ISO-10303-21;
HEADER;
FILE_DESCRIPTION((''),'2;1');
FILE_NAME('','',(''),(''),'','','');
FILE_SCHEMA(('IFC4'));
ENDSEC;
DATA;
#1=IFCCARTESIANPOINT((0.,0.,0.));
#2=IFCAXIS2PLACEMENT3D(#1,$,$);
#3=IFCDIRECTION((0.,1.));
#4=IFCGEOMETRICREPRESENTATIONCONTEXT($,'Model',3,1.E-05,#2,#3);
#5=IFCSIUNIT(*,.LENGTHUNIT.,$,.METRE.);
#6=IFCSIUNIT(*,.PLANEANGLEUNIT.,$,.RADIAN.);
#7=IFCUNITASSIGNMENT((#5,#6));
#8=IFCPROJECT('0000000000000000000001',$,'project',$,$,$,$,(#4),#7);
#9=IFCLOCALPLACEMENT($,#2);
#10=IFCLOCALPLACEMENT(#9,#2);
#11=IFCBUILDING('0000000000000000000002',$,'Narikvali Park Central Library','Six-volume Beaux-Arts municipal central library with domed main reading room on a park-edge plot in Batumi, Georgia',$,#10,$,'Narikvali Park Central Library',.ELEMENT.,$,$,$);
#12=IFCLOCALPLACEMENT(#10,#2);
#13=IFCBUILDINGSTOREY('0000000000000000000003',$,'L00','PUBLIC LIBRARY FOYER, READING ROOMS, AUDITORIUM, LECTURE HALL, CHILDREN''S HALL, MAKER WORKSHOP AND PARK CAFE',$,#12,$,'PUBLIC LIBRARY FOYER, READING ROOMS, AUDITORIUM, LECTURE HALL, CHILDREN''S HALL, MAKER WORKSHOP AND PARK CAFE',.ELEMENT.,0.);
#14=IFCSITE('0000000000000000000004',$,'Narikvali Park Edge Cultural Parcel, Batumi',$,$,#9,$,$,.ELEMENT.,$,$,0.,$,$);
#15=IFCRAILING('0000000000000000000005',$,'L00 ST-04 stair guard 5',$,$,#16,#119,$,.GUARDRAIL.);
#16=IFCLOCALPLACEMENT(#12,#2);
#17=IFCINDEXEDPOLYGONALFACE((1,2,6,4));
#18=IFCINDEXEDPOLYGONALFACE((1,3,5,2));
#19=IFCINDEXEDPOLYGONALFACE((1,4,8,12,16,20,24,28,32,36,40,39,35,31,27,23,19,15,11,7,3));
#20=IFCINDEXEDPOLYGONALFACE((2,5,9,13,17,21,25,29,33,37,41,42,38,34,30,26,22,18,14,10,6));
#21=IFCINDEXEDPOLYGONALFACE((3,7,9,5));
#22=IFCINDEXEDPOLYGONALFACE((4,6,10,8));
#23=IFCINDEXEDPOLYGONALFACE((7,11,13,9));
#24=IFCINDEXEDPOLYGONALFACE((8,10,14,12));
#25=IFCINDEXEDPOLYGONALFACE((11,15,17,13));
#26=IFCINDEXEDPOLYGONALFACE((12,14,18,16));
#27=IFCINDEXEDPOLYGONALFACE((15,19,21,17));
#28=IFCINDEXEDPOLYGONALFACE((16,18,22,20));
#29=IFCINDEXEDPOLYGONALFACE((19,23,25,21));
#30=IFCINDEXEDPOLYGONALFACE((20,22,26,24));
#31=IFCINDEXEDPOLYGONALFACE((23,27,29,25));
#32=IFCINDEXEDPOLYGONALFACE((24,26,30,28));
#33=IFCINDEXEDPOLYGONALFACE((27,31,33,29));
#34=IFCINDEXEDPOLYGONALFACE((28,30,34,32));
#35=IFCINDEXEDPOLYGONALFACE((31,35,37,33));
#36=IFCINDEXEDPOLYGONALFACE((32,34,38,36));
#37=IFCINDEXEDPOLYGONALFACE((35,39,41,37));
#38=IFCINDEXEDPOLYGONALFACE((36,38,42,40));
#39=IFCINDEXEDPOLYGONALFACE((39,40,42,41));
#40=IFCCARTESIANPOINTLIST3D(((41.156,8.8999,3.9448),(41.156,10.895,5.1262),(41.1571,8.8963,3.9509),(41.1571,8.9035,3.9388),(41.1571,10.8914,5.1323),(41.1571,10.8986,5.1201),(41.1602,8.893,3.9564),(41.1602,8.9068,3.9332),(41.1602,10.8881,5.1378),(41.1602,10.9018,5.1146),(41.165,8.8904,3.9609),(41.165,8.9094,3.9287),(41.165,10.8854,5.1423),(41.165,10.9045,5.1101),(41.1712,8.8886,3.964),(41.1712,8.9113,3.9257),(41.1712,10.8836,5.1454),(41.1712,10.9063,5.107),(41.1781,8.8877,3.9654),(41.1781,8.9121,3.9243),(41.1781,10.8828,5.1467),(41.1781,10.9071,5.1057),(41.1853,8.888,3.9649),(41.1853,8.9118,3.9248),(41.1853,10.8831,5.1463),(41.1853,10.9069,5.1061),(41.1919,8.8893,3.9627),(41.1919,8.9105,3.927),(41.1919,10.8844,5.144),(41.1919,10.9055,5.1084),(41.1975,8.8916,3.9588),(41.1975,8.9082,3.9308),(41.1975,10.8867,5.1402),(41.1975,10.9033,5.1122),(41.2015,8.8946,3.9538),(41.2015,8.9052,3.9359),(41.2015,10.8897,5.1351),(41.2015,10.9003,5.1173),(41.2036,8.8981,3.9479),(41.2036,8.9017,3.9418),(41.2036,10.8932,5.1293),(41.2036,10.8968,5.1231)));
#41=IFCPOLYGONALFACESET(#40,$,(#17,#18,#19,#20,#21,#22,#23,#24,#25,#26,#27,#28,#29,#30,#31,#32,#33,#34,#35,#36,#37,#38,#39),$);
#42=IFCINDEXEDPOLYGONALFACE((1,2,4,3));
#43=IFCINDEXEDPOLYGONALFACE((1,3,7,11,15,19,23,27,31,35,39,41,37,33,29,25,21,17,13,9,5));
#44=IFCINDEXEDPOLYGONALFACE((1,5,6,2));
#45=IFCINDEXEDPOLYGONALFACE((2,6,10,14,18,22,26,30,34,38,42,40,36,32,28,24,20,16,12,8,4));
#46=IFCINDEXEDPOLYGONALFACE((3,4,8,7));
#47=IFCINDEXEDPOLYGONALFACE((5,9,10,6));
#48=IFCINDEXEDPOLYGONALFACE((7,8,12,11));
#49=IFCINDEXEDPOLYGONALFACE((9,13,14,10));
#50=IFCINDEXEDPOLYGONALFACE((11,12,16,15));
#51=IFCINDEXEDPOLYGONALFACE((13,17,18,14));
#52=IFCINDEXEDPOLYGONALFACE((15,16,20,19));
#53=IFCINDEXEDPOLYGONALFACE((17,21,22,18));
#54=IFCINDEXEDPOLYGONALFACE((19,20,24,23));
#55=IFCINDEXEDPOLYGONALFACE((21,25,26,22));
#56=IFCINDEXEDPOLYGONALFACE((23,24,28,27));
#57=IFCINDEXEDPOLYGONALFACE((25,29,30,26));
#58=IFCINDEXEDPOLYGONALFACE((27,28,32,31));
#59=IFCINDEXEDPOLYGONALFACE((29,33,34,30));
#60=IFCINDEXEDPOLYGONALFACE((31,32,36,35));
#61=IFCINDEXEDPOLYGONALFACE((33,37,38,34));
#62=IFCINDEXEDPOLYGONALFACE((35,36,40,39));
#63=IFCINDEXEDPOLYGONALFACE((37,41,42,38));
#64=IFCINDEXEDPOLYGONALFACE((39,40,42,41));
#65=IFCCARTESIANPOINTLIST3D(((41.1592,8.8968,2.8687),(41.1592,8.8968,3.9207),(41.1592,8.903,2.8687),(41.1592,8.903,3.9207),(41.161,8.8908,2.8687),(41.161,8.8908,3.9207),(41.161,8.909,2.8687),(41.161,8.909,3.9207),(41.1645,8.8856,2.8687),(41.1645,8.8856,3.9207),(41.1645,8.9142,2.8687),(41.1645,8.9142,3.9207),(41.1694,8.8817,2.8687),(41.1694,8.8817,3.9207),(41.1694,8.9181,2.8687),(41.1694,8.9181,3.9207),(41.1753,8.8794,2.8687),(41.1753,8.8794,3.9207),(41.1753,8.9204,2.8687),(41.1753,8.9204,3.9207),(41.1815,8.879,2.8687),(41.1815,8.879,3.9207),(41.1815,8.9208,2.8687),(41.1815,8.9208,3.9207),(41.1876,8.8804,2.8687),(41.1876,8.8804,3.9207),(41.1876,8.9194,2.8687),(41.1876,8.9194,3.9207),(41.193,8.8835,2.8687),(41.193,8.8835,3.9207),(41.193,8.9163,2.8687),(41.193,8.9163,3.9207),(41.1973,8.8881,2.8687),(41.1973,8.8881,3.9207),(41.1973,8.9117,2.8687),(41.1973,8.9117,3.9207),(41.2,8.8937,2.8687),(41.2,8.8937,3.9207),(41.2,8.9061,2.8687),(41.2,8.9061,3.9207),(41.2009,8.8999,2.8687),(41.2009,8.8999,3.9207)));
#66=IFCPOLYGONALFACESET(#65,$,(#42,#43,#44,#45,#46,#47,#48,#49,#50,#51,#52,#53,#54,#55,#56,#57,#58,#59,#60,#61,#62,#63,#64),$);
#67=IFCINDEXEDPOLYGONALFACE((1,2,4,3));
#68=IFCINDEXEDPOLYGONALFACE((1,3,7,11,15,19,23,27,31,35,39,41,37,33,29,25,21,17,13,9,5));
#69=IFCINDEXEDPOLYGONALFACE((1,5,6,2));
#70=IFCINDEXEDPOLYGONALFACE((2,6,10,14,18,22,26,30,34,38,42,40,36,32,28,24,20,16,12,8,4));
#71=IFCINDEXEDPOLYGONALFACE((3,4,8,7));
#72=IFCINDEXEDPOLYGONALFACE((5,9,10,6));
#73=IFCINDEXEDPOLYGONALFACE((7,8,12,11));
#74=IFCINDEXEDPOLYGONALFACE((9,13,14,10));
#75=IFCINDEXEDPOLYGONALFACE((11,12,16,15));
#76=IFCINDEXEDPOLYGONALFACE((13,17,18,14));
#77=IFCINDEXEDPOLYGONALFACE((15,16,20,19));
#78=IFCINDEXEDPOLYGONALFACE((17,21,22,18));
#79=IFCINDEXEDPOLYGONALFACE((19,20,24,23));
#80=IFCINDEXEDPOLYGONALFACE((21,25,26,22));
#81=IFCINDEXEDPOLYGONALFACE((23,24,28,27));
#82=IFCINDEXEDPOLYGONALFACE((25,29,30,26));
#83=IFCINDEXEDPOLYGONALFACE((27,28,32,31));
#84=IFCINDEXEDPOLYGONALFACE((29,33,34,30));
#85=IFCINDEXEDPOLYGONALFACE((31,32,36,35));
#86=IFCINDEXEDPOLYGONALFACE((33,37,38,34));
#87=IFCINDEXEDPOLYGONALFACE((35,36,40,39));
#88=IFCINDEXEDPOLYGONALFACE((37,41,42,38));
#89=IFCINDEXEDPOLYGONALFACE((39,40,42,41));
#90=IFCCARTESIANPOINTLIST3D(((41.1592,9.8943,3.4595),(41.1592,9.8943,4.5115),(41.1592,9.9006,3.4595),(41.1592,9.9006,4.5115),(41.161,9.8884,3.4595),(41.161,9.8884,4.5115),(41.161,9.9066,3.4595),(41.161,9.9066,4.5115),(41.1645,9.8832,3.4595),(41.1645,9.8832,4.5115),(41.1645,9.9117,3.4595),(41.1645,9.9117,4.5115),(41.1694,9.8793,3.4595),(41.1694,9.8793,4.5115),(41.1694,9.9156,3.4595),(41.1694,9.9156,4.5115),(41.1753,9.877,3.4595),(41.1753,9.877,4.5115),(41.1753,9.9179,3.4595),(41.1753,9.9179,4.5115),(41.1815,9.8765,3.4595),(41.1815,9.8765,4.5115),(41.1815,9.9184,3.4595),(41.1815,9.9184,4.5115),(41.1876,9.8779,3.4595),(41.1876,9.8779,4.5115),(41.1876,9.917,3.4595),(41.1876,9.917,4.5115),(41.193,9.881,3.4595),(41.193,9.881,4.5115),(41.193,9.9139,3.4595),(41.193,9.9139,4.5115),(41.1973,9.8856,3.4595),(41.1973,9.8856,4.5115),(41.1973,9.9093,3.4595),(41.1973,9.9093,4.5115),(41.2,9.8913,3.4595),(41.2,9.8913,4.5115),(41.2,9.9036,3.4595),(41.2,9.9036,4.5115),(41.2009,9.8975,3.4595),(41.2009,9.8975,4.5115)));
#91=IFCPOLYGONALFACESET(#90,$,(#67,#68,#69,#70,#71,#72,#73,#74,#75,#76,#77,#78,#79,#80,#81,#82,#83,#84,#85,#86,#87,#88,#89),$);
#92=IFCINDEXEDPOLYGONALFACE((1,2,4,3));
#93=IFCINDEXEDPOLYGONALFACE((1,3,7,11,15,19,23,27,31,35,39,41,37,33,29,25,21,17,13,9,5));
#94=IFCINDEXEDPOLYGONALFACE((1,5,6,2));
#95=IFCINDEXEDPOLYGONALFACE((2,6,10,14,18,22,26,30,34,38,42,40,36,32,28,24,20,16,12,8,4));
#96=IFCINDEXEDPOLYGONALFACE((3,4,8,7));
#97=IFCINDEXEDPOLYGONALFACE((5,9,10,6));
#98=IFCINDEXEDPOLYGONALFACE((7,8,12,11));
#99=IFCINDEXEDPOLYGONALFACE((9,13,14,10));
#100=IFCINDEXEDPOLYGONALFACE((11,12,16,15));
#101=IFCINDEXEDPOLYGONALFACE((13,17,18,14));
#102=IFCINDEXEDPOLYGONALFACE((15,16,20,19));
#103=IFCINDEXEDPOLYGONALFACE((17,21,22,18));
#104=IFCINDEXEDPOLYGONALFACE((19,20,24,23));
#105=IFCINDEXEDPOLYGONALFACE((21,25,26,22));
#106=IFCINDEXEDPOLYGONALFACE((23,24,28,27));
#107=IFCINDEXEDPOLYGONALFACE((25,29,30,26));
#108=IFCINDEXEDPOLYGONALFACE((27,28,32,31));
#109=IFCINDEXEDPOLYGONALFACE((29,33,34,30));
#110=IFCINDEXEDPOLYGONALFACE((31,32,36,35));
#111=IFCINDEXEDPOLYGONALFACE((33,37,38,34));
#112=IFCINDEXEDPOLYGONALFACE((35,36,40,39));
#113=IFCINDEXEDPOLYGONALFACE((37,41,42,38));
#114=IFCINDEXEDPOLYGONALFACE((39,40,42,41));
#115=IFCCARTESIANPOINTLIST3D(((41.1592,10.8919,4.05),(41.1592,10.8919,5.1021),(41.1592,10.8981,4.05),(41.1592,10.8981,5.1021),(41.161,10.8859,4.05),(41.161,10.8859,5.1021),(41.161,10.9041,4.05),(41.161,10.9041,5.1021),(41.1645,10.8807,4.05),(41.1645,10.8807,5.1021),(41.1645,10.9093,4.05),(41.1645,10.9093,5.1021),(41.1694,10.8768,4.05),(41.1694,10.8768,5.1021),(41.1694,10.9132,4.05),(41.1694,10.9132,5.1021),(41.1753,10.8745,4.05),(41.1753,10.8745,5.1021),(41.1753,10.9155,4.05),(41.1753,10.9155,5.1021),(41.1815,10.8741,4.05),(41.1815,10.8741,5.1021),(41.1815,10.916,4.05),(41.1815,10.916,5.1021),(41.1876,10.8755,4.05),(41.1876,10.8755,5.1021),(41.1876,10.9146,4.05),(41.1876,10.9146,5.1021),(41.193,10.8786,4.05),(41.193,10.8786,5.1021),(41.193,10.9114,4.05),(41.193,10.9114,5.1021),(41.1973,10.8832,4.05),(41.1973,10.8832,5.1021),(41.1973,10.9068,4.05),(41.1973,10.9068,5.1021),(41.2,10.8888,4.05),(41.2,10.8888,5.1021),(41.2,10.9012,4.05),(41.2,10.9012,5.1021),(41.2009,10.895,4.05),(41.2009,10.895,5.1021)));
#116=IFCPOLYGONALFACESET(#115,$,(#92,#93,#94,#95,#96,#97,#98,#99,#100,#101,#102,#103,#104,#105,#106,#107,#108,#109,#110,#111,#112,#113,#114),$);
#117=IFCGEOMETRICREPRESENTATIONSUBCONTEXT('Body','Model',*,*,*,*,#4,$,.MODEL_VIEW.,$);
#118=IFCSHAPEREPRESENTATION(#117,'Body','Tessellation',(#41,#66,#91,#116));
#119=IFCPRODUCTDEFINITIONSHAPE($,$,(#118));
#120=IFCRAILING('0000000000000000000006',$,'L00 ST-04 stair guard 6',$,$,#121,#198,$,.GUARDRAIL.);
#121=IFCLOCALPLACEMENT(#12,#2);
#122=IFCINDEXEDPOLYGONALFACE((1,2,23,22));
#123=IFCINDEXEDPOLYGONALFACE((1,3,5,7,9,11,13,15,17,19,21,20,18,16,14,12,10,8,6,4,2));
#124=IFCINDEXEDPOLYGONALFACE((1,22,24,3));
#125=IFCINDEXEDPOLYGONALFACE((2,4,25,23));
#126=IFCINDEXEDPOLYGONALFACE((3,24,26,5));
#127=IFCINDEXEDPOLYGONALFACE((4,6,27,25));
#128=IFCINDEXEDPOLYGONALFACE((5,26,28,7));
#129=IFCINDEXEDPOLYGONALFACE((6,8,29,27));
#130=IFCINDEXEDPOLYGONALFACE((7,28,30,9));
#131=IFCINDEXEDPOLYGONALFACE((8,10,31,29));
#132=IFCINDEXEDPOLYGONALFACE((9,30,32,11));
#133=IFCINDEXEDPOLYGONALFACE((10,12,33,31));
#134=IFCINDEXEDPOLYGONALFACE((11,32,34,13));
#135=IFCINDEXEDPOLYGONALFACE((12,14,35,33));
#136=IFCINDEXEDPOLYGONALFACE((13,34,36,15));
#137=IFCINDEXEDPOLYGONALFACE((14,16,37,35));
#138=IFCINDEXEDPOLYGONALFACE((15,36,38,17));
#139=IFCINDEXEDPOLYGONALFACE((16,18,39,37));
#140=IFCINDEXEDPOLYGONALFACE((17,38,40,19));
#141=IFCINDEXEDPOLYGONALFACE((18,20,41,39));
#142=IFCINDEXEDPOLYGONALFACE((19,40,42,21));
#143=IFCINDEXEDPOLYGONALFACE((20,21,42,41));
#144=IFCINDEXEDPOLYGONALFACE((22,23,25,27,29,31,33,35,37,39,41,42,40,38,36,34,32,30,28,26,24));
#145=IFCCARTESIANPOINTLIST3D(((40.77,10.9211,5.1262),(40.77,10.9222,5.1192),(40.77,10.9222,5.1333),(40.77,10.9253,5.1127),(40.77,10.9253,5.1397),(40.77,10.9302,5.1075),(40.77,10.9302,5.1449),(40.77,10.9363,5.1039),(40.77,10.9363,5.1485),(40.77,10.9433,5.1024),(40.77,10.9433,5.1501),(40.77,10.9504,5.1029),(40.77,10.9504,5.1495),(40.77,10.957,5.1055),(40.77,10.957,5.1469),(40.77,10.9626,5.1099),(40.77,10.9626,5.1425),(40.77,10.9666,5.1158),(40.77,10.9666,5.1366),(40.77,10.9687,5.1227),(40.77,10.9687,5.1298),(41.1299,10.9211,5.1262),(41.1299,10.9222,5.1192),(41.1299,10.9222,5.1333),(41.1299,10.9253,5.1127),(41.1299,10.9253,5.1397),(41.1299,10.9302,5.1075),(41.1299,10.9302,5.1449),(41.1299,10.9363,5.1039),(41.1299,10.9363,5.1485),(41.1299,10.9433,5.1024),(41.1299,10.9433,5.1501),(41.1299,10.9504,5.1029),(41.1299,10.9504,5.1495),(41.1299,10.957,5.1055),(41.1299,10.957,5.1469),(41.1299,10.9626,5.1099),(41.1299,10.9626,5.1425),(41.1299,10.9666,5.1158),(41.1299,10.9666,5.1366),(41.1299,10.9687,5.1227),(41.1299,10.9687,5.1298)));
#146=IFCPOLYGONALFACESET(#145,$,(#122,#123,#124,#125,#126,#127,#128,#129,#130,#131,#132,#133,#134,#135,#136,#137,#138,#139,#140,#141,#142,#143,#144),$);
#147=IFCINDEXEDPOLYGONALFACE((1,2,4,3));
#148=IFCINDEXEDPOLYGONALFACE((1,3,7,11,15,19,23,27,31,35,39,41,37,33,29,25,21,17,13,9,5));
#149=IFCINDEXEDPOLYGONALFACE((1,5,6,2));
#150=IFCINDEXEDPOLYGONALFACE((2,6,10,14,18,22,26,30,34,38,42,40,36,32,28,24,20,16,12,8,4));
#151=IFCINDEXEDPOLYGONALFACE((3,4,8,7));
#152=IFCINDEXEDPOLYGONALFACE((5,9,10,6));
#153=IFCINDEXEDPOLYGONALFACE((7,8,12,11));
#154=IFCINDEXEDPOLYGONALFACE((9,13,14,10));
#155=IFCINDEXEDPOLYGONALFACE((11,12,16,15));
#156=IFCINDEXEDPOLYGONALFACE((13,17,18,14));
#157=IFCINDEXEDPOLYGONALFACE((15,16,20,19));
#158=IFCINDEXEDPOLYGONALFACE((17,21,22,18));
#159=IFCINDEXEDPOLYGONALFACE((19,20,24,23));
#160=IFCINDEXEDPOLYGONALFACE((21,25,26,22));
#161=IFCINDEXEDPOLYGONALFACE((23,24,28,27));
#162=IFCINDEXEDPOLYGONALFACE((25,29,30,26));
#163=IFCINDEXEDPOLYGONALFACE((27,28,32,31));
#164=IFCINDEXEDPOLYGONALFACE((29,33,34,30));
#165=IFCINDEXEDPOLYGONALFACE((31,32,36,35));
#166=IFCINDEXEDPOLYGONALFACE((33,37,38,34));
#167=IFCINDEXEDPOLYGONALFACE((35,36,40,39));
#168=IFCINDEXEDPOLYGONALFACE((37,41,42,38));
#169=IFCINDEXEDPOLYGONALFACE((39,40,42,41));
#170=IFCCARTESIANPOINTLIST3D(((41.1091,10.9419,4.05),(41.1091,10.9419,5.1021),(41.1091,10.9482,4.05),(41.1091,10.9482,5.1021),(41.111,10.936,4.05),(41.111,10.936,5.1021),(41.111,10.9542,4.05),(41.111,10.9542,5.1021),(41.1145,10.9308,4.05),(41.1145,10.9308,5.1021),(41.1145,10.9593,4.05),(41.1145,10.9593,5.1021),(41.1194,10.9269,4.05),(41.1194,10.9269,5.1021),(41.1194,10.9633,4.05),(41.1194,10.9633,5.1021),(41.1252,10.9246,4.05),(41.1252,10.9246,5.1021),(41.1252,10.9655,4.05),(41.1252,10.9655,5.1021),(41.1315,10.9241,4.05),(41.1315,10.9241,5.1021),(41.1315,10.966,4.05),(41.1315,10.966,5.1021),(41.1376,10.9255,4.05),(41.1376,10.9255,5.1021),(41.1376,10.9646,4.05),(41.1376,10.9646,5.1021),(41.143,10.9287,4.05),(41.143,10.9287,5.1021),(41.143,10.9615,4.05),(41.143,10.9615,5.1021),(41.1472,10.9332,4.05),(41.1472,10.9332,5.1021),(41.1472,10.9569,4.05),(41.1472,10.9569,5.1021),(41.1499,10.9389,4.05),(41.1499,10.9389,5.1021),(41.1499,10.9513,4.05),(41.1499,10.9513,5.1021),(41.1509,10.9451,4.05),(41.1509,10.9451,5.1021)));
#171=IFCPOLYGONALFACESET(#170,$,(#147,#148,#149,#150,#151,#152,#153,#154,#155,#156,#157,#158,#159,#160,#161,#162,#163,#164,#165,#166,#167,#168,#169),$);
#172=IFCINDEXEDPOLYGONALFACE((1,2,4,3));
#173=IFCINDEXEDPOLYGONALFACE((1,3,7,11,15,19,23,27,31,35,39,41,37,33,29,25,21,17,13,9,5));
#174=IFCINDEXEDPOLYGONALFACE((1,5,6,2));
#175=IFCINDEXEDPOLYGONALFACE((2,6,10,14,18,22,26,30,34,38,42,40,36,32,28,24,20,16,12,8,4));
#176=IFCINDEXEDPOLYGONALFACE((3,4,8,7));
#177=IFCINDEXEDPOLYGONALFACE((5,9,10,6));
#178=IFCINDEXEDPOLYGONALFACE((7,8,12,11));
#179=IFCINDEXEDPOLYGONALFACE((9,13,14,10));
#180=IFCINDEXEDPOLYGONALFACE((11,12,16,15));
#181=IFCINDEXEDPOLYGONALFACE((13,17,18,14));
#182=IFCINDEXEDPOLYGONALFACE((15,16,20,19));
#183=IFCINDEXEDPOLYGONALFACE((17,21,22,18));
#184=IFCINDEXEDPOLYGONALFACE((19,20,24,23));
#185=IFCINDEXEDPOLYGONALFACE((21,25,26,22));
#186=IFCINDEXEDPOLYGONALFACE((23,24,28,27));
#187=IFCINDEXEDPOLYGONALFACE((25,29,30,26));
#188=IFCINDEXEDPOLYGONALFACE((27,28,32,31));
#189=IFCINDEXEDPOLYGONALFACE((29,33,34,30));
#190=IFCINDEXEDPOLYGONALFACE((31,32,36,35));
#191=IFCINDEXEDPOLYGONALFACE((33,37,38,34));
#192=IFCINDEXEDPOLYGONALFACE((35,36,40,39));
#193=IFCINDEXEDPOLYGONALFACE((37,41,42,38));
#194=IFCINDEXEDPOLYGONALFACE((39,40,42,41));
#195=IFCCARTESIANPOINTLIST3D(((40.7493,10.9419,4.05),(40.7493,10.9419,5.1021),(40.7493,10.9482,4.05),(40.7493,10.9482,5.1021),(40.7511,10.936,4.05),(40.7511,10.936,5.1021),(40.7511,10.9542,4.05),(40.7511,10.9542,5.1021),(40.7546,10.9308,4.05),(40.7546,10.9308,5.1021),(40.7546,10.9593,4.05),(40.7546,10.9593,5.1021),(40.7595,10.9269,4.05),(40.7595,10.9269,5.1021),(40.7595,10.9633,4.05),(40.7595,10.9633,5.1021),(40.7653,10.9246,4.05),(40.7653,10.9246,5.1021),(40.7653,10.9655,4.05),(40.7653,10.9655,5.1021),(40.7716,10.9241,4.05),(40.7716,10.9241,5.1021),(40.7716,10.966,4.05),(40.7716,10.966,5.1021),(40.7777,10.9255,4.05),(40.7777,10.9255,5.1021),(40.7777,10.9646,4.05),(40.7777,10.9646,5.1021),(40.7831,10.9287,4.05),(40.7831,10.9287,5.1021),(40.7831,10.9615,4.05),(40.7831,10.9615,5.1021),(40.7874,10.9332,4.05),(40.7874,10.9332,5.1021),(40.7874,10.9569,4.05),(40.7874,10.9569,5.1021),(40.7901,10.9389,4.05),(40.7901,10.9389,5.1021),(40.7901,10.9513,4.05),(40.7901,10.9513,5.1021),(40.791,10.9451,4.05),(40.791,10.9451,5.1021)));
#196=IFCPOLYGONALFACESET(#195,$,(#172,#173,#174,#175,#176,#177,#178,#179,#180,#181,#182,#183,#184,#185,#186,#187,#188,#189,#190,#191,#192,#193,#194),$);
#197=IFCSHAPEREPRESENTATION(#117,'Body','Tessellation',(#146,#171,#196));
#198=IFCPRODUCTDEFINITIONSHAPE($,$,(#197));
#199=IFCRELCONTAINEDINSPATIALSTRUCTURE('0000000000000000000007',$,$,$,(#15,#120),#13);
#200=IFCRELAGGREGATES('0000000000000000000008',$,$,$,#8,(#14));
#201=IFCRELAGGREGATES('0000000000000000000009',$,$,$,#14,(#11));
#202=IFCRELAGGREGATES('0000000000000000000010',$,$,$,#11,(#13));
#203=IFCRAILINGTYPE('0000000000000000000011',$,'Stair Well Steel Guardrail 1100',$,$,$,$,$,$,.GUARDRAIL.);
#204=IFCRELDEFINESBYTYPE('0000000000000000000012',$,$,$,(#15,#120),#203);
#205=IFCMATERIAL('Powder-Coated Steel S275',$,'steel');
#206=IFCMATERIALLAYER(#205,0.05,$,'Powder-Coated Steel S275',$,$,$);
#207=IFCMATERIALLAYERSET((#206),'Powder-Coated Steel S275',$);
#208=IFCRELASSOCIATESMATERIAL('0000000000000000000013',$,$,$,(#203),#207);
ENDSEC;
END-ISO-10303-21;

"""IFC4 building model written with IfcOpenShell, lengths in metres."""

from ifc_helpers import new_model, si_unit, direction, frame, origin, origin_2d, place, context, subcontext, project, spatial, circle, extrude, material, layer, layer_set, type_object, element, save


model = new_model("IFC4")

# Units and contexts
model_context = context("Model", 3, precision=1e-05, world=origin(), true_north=direction((0.0, 1.0)))
body_context = subcontext(model_context, "Body", "Model", "MODEL_VIEW")
ifc_project = project(units=[si_unit("LENGTHUNIT", "METRE"), si_unit("PLANEANGLEUNIT", "RADIAN")], contexts=[model_context])

# Site, building, storey
site_placement = place(None, origin())
site = spatial("IfcSite", under=ifc_project, at=site_placement, Name="Narikvali Park Edge Cultural Parcel, Batumi", CompositionType="ELEMENT", RefElevation=0.0)
building_placement = place(site_placement, origin())
building = spatial("IfcBuilding", under=site, at=building_placement, Name="Narikvali Park Central Library", Description="Six-volume Beaux-Arts municipal central library with domed main reading room on a park-edge plot in Batumi, Georgia", LongName="Narikvali Park Central Library", CompositionType="ELEMENT")
storey_placement = place(building_placement, origin())
storey = spatial("IfcBuildingStorey", under=building, at=storey_placement, Name="L00", Description="PUBLIC LIBRARY FOYER, READING ROOMS, AUDITORIUM, LECTURE HALL, CHILDREN'S HALL, MAKER WORKSHOP AND PARK CAFE", LongName="PUBLIC LIBRARY FOYER, READING ROOMS, AUDITORIUM, LECTURE HALL, CHILDREN'S HALL, MAKER WORKSHOP AND PARK CAFE", CompositionType="ELEMENT", Elevation=0.0)

# Railings
ifc_material_1 = material(Name="Powder-Coated Steel S275", Category="steel")
ifc_layer_1 = layer(ifc_material_1, 0.05, Name="Powder-Coated Steel S275")
ifc_layer_set_1 = layer_set([ifc_layer_1], Name="Powder-Coated Steel S275")
railing_type_1 = type_object("IfcRailingType", Name="Stair Well Steel Guardrail 1100", PredefinedType="GUARDRAIL", material=ifc_layer_set_1)
railing_1_placement = place(storey_placement, frame((41.1799, 8.8999, 2.8687)))
element("IfcRailing", 1, at=railing_1_placement, inside=storey, type_object=railing_type_1, Name="L00 ST-04 stair guard 5", PredefinedType="GUARDRAIL", context=body_context, shape_type="SweptSolid", body=[
    extrude(circle(Radius=0.0239, at=origin_2d()), frame((0.0, 0.0, 1.0762), z_axis=(0.0, 0.860461, 0.509517), x_axis=(-1.0, 0.0, 0.0)), (0.0, 0.0, 1.0), 2.3186),
    extrude(circle(Radius=0.021, at=origin_2d()), origin(), (0.0, 0.0, 1.0), 1.052),
    extrude(circle(Radius=0.021, at=origin_2d()), frame((0.0, 0.9976, 0.5908)), (0.0, 0.0, 1.0), 1.052),
    extrude(circle(Radius=0.021, at=origin_2d()), frame((0.0, 1.9951, 1.1814)), (0.0, 0.0, 1.0), 1.052),
])
railing_2_placement = place(storey_placement, frame((41.1299, 10.9451, 4.05)))
element("IfcRailing", 2, at=railing_2_placement, inside=storey, type_object=railing_type_1, Name="L00 ST-04 stair guard 6", PredefinedType="GUARDRAIL", context=body_context, shape_type="SweptSolid", body=[
    extrude(circle(Radius=0.0239, at=origin_2d()), frame((0.0, 0.0, 1.0762), z_axis=(-1.0, 0.0, 0.0), x_axis=(0.0, -1.0, 0.0)), (0.0, 0.0, 1.0), 0.3599),
    extrude(circle(Radius=0.021, at=origin_2d()), origin(), (0.0, 0.0, 1.0), 1.052),
    extrude(circle(Radius=0.021, at=origin_2d()), frame((-0.3599, 0.0, 0.0)), (0.0, 0.0, 1.0), 1.052),
])

save(model, "model.ifc")
